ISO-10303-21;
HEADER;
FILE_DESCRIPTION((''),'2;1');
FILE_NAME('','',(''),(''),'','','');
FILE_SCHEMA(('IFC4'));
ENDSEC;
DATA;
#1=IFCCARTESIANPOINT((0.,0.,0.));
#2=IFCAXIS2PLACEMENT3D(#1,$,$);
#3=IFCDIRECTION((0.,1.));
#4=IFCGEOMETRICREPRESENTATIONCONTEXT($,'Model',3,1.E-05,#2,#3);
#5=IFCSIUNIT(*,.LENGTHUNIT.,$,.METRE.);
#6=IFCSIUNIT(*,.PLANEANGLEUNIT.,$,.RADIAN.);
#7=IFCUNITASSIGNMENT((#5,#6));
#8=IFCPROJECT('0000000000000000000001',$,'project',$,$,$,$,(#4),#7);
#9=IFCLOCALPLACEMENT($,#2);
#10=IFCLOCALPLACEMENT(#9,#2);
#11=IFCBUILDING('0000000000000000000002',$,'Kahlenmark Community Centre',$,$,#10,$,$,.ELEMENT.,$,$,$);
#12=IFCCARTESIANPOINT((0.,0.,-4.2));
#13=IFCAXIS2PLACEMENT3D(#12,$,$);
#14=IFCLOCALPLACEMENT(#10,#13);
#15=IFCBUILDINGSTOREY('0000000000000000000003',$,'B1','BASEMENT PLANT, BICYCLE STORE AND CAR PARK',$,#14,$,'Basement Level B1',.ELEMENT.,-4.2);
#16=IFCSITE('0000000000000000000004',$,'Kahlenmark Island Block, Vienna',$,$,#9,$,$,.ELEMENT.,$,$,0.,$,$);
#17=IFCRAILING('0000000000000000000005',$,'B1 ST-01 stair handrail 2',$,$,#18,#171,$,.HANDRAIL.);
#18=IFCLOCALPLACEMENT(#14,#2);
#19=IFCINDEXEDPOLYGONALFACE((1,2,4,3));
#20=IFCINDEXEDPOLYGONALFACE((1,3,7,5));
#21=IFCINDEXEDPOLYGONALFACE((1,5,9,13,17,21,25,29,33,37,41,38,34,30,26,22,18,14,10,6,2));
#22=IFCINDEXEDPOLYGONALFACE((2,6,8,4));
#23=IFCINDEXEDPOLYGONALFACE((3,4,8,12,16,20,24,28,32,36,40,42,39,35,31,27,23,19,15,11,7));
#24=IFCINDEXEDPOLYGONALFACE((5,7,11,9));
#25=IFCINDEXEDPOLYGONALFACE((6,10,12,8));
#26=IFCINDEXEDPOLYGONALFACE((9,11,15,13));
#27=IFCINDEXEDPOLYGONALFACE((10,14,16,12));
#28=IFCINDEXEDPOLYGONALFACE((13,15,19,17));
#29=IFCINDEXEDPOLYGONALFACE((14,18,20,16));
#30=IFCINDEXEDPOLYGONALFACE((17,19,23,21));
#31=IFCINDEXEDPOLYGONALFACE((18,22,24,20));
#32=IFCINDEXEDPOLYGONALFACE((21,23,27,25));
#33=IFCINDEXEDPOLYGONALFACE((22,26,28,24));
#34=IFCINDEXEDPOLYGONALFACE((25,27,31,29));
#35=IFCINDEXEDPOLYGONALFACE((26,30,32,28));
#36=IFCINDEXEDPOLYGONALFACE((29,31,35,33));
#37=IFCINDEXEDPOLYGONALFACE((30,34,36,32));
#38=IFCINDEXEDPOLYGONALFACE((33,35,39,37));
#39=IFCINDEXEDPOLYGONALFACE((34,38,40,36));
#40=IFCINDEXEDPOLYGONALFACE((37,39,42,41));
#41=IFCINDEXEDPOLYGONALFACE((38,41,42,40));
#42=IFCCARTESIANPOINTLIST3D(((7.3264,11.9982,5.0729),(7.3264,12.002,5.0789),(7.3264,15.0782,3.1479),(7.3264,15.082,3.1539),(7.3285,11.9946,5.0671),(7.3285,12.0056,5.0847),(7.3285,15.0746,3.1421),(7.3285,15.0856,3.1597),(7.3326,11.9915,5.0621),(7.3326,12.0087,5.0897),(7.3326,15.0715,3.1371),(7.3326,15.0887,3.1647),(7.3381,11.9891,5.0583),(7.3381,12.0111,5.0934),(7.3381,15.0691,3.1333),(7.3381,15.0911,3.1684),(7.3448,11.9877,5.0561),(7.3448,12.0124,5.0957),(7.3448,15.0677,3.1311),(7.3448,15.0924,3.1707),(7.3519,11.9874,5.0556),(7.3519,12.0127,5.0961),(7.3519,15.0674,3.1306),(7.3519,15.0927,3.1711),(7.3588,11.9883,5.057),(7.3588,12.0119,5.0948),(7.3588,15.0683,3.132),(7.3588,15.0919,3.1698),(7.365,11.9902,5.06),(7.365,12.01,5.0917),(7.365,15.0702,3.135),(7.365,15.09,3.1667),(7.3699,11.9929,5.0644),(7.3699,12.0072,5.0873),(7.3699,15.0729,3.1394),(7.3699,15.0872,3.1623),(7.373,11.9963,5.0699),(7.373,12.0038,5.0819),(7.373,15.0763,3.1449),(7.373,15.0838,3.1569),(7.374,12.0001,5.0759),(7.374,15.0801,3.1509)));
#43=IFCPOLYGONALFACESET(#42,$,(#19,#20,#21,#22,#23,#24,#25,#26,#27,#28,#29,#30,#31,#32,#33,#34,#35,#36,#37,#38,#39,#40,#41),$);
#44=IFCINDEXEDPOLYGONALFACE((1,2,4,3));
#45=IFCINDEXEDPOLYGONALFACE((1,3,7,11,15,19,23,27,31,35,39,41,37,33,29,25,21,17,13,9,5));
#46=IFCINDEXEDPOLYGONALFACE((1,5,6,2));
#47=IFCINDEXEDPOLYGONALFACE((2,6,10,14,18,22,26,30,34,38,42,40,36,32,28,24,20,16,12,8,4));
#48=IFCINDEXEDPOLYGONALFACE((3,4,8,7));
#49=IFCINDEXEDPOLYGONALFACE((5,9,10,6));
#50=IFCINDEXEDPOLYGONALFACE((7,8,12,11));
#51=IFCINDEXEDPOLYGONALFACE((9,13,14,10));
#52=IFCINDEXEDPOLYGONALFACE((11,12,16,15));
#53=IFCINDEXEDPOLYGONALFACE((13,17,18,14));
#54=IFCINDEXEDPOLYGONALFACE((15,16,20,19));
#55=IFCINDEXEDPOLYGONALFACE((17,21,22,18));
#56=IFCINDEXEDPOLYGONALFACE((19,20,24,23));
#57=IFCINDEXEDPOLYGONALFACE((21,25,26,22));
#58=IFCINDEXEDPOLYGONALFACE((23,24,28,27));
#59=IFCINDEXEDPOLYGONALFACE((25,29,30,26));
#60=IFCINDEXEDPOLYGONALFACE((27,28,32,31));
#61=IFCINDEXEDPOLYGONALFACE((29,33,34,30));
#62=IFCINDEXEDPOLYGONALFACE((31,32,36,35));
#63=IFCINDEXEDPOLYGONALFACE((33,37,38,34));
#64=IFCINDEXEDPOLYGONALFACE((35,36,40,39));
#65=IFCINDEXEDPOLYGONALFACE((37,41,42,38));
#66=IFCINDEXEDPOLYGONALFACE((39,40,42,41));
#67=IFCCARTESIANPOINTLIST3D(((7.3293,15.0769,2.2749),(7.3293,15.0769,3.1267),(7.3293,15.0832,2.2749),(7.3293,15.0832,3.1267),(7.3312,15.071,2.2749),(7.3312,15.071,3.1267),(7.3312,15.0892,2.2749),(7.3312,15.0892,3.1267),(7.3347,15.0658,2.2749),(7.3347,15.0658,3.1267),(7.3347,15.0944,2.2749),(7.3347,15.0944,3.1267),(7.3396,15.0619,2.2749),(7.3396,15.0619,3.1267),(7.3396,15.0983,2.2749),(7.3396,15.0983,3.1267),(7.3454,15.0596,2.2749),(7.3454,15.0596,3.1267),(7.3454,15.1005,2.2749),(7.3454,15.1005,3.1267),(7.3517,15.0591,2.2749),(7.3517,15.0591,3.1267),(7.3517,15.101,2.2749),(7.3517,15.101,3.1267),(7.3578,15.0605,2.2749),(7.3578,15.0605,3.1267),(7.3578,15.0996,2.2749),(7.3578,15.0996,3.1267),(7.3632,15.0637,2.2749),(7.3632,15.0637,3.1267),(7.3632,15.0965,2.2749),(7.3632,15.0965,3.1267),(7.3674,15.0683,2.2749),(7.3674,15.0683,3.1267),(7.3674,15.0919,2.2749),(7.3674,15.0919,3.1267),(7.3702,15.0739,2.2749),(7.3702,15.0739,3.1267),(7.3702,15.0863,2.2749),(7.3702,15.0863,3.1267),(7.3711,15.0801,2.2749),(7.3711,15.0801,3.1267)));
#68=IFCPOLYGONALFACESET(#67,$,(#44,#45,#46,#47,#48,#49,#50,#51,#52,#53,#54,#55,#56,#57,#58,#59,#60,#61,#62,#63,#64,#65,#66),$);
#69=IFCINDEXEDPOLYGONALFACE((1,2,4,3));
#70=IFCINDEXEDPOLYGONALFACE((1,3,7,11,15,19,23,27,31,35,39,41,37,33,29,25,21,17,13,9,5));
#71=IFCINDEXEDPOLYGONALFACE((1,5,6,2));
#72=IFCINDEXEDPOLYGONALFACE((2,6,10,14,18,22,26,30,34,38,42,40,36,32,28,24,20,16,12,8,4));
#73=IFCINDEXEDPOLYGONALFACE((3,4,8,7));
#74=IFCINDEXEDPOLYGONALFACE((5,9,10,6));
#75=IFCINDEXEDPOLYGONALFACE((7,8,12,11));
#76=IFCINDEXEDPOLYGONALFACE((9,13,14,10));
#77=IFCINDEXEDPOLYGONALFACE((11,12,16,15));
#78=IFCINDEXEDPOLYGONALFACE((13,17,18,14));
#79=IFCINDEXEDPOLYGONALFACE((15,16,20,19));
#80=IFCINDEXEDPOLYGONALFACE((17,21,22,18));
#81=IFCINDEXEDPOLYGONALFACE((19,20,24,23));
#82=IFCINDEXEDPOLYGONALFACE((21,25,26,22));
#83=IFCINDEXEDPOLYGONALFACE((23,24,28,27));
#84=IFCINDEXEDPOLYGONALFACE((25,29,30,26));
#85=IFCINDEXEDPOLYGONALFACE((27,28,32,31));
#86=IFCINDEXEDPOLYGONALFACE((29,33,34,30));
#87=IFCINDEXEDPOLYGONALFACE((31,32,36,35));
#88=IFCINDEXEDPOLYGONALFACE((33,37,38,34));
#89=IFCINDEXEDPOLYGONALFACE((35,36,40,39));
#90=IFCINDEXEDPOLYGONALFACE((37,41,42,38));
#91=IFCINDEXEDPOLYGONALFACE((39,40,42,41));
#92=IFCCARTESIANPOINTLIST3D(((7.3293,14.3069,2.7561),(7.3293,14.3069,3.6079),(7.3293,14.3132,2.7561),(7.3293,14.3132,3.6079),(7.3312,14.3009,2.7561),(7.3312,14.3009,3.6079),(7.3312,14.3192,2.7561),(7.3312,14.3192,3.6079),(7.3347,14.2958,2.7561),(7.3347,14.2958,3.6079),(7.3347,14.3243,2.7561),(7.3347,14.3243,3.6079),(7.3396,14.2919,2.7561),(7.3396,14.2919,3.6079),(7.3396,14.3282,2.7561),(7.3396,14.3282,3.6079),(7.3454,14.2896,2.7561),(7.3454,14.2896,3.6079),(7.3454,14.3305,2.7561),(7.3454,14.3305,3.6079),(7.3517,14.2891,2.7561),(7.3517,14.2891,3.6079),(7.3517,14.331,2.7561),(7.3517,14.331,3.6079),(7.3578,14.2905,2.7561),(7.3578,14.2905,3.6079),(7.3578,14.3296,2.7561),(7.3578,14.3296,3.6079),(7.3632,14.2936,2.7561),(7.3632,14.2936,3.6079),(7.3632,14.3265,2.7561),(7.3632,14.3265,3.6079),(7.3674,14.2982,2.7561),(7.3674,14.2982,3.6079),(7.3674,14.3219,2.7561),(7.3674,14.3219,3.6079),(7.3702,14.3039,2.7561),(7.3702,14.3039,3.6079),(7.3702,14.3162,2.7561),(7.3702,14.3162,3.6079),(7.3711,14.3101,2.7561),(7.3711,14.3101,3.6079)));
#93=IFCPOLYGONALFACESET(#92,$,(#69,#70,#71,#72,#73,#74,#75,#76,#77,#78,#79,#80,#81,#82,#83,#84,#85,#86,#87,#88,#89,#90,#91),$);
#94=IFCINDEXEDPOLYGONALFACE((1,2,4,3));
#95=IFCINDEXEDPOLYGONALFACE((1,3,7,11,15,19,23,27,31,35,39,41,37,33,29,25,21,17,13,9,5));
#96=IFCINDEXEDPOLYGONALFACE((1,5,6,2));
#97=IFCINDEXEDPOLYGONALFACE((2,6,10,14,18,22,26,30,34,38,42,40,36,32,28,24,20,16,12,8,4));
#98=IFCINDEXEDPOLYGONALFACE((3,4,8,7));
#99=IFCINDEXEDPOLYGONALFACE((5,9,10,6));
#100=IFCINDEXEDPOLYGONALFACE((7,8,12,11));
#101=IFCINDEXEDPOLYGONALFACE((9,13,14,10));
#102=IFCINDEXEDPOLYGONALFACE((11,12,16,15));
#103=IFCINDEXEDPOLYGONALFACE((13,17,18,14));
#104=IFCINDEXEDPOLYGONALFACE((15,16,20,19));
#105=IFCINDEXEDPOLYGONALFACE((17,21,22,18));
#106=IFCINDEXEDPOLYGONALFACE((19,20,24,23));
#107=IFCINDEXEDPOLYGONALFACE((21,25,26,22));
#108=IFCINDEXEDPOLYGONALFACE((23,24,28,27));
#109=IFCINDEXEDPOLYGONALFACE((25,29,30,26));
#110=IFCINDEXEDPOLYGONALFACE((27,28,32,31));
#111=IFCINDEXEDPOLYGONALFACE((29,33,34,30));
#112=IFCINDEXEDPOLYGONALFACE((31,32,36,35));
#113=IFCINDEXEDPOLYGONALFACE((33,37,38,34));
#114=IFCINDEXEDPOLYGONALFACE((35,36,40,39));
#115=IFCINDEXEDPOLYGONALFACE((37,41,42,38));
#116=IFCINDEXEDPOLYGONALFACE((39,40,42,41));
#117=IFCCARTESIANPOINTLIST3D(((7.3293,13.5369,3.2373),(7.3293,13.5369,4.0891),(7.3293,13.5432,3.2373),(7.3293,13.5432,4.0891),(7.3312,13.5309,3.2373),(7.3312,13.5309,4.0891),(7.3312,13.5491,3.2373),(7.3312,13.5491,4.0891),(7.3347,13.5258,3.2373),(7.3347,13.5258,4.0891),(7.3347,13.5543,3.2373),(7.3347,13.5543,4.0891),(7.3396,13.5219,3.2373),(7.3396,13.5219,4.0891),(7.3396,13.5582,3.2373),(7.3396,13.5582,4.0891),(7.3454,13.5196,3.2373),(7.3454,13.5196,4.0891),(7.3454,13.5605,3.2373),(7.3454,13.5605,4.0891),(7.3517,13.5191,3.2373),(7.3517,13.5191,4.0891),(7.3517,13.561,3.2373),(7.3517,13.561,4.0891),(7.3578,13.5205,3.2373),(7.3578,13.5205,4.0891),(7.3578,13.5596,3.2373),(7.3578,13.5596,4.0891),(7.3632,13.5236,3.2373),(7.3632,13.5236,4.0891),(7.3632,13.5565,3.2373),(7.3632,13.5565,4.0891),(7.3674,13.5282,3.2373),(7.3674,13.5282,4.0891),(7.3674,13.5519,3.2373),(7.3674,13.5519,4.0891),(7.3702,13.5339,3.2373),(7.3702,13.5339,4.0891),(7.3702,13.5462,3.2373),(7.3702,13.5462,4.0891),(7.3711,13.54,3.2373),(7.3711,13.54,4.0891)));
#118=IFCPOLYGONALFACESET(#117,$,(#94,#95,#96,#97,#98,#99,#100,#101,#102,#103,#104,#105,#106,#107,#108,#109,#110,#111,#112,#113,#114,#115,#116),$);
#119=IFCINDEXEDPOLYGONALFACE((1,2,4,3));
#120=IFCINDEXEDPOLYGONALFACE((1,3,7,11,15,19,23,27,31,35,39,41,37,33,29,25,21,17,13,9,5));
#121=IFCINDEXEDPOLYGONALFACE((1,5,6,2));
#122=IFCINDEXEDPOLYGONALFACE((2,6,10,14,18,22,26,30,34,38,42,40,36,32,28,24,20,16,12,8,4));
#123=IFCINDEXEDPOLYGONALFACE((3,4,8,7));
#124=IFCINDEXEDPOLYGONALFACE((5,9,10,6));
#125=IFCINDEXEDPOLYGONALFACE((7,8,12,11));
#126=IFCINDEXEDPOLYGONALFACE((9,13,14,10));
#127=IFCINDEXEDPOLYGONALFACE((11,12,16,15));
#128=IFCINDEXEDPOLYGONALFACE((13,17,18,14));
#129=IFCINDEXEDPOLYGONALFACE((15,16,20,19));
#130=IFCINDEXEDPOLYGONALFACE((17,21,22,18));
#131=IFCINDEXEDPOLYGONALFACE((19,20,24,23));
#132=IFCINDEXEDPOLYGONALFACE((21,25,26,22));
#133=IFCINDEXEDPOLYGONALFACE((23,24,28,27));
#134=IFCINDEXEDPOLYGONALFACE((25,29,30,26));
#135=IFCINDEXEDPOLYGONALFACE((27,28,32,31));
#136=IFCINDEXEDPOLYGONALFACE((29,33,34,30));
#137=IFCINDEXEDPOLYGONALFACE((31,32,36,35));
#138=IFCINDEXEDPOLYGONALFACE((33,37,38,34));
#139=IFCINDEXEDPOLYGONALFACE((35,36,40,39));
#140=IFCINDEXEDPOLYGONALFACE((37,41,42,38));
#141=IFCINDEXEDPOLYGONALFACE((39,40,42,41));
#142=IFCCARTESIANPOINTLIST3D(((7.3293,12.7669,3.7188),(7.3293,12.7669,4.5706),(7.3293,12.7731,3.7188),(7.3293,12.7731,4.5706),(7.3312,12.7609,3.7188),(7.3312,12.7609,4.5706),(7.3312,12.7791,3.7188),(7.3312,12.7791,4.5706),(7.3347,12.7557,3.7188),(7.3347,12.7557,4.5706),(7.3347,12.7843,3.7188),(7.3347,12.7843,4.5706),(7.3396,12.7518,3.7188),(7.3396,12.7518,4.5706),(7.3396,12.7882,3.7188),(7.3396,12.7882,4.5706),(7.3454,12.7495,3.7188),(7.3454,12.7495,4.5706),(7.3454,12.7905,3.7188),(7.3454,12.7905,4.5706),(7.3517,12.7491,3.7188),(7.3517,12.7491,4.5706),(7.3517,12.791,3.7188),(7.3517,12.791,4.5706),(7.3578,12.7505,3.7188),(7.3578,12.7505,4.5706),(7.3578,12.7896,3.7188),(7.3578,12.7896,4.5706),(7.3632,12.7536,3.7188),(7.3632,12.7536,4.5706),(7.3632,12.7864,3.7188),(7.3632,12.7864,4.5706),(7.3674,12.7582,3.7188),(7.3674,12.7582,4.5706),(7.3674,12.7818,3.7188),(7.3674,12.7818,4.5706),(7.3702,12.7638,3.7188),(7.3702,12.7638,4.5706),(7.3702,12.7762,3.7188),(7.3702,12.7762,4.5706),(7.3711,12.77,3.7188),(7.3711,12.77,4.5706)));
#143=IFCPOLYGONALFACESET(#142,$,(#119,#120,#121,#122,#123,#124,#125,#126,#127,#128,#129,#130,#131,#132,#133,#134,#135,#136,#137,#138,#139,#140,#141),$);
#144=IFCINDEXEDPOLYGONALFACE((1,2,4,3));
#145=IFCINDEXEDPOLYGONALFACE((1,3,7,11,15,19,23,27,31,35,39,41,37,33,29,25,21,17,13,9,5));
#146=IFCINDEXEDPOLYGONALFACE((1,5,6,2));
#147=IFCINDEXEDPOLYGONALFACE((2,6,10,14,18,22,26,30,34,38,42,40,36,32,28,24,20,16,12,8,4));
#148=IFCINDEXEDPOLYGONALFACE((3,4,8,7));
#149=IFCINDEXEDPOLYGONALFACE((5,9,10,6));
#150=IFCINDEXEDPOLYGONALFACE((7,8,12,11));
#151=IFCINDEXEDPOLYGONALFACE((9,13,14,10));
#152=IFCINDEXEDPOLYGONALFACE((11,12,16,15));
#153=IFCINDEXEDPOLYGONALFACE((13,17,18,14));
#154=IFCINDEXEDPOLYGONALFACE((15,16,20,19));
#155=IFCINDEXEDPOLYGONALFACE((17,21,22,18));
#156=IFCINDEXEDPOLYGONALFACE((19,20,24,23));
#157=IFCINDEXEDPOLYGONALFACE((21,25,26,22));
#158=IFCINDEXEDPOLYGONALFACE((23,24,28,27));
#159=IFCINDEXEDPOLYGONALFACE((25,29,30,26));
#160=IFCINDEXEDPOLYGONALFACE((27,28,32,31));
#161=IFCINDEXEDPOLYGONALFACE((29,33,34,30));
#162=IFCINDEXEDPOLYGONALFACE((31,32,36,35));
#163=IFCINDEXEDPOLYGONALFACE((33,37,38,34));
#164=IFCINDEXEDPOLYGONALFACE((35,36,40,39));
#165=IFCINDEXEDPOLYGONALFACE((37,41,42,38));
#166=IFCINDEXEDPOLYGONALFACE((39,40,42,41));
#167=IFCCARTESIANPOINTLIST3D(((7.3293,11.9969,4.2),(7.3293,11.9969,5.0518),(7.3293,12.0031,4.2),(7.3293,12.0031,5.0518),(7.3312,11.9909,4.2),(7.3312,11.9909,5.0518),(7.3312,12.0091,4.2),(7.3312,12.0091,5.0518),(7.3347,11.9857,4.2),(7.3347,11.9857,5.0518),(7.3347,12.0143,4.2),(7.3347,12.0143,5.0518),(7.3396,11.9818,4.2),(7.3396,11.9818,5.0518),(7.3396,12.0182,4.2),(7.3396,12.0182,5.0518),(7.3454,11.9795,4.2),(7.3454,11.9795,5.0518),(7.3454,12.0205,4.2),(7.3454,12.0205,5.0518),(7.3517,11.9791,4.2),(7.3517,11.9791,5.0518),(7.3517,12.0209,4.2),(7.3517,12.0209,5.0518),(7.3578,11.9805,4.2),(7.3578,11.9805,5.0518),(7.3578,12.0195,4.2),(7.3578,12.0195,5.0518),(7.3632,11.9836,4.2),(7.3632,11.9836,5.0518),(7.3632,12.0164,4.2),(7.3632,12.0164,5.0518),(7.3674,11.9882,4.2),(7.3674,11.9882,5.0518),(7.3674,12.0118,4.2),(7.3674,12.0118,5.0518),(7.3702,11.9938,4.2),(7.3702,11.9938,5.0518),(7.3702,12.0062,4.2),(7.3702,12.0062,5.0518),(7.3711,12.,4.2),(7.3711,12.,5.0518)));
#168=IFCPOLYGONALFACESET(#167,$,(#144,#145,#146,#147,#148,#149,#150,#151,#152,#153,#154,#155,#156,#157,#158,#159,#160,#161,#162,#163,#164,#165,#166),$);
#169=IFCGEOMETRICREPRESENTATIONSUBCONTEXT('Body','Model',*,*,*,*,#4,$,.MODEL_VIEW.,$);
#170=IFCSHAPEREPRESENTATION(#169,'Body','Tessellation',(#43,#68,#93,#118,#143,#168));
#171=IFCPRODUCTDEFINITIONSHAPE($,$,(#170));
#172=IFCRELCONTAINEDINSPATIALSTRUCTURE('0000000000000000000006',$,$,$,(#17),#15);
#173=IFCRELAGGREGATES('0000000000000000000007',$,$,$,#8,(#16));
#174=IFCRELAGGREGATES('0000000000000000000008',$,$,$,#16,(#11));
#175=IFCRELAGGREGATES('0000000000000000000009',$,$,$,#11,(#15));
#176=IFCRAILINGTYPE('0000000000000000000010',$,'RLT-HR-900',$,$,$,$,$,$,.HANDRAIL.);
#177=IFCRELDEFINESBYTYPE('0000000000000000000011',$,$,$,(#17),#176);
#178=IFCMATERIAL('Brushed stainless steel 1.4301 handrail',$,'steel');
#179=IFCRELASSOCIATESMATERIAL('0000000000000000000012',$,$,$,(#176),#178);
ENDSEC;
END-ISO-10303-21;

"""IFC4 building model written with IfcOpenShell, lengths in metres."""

from ifc_helpers import new_model, si_unit, direction, frame, origin, origin_2d, place, context, subcontext, project, spatial, circle, extrude, material, type_object, element, save


model = new_model("IFC4")

# Units and contexts
model_context = context("Model", 3, precision=1e-05, world=origin(), true_north=direction((0.0, 1.0)))
body_context = subcontext(model_context, "Body", "Model", "MODEL_VIEW")
ifc_project = project(units=[si_unit("LENGTHUNIT", "METRE"), si_unit("PLANEANGLEUNIT", "RADIAN")], contexts=[model_context])

# Site, building, storey
site_placement = place(None, origin())
site = spatial("IfcSite", under=ifc_project, at=site_placement, Name="Kahlenmark Island Block, Vienna", CompositionType="ELEMENT", RefElevation=0.0)
building_placement = place(site_placement, origin())
building = spatial("IfcBuilding", under=site, at=building_placement, Name="Kahlenmark Community Centre", CompositionType="ELEMENT")
storey_placement = place(building_placement, frame((0.0, 0.0, -4.2)))
storey = spatial("IfcBuildingStorey", under=building, at=storey_placement, Name="B1", Description="BASEMENT PLANT, BICYCLE STORE AND CAR PARK", LongName="Basement Level B1", CompositionType="ELEMENT", Elevation=-4.2)

# Railing
ifc_material_1 = material(Name="Brushed stainless steel 1.4301 handrail", Category="steel")
railing_type_1 = type_object("IfcRailingType", Name="RLT-HR-900", PredefinedType="HANDRAIL", material=ifc_material_1)
railing_1_placement = place(storey_placement, frame((7.3501, 15.0801, 2.2749)))
element("IfcRailing", 1, at=railing_1_placement, inside=storey, type_object=railing_type_1, Name="B1 ST-01 stair handrail 2", PredefinedType="HANDRAIL", context=body_context, shape_type="SweptSolid", body=[
    extrude(circle(Radius=0.0239, at=origin_2d()), frame((0.0, 0.0, 0.876), z_axis=(0.0, -0.847998, 0.529999), x_axis=(1.0, 0.0, 0.0)), (0.0, 0.0, 1.0), 3.6321),
    extrude(circle(Radius=0.021, at=origin_2d()), origin(), (0.0, 0.0, 1.0), 0.8518),
    extrude(circle(Radius=0.021, at=origin_2d()), frame((0.0, -0.77, 0.4812)), (0.0, 0.0, 1.0), 0.8518),
    extrude(circle(Radius=0.021, at=origin_2d()), frame((0.0, -1.54, 0.9624)), (0.0, 0.0, 1.0), 0.8518),
    extrude(circle(Radius=0.021, at=origin_2d()), frame((0.0, -2.3101, 1.4438)), (0.0, 0.0, 1.0), 0.8518),
    extrude(circle(Radius=0.021, at=origin_2d()), frame((0.0, -3.0801, 1.925)), (0.0, 0.0, 1.0), 0.8518),
])

save(model, "model.ifc")
